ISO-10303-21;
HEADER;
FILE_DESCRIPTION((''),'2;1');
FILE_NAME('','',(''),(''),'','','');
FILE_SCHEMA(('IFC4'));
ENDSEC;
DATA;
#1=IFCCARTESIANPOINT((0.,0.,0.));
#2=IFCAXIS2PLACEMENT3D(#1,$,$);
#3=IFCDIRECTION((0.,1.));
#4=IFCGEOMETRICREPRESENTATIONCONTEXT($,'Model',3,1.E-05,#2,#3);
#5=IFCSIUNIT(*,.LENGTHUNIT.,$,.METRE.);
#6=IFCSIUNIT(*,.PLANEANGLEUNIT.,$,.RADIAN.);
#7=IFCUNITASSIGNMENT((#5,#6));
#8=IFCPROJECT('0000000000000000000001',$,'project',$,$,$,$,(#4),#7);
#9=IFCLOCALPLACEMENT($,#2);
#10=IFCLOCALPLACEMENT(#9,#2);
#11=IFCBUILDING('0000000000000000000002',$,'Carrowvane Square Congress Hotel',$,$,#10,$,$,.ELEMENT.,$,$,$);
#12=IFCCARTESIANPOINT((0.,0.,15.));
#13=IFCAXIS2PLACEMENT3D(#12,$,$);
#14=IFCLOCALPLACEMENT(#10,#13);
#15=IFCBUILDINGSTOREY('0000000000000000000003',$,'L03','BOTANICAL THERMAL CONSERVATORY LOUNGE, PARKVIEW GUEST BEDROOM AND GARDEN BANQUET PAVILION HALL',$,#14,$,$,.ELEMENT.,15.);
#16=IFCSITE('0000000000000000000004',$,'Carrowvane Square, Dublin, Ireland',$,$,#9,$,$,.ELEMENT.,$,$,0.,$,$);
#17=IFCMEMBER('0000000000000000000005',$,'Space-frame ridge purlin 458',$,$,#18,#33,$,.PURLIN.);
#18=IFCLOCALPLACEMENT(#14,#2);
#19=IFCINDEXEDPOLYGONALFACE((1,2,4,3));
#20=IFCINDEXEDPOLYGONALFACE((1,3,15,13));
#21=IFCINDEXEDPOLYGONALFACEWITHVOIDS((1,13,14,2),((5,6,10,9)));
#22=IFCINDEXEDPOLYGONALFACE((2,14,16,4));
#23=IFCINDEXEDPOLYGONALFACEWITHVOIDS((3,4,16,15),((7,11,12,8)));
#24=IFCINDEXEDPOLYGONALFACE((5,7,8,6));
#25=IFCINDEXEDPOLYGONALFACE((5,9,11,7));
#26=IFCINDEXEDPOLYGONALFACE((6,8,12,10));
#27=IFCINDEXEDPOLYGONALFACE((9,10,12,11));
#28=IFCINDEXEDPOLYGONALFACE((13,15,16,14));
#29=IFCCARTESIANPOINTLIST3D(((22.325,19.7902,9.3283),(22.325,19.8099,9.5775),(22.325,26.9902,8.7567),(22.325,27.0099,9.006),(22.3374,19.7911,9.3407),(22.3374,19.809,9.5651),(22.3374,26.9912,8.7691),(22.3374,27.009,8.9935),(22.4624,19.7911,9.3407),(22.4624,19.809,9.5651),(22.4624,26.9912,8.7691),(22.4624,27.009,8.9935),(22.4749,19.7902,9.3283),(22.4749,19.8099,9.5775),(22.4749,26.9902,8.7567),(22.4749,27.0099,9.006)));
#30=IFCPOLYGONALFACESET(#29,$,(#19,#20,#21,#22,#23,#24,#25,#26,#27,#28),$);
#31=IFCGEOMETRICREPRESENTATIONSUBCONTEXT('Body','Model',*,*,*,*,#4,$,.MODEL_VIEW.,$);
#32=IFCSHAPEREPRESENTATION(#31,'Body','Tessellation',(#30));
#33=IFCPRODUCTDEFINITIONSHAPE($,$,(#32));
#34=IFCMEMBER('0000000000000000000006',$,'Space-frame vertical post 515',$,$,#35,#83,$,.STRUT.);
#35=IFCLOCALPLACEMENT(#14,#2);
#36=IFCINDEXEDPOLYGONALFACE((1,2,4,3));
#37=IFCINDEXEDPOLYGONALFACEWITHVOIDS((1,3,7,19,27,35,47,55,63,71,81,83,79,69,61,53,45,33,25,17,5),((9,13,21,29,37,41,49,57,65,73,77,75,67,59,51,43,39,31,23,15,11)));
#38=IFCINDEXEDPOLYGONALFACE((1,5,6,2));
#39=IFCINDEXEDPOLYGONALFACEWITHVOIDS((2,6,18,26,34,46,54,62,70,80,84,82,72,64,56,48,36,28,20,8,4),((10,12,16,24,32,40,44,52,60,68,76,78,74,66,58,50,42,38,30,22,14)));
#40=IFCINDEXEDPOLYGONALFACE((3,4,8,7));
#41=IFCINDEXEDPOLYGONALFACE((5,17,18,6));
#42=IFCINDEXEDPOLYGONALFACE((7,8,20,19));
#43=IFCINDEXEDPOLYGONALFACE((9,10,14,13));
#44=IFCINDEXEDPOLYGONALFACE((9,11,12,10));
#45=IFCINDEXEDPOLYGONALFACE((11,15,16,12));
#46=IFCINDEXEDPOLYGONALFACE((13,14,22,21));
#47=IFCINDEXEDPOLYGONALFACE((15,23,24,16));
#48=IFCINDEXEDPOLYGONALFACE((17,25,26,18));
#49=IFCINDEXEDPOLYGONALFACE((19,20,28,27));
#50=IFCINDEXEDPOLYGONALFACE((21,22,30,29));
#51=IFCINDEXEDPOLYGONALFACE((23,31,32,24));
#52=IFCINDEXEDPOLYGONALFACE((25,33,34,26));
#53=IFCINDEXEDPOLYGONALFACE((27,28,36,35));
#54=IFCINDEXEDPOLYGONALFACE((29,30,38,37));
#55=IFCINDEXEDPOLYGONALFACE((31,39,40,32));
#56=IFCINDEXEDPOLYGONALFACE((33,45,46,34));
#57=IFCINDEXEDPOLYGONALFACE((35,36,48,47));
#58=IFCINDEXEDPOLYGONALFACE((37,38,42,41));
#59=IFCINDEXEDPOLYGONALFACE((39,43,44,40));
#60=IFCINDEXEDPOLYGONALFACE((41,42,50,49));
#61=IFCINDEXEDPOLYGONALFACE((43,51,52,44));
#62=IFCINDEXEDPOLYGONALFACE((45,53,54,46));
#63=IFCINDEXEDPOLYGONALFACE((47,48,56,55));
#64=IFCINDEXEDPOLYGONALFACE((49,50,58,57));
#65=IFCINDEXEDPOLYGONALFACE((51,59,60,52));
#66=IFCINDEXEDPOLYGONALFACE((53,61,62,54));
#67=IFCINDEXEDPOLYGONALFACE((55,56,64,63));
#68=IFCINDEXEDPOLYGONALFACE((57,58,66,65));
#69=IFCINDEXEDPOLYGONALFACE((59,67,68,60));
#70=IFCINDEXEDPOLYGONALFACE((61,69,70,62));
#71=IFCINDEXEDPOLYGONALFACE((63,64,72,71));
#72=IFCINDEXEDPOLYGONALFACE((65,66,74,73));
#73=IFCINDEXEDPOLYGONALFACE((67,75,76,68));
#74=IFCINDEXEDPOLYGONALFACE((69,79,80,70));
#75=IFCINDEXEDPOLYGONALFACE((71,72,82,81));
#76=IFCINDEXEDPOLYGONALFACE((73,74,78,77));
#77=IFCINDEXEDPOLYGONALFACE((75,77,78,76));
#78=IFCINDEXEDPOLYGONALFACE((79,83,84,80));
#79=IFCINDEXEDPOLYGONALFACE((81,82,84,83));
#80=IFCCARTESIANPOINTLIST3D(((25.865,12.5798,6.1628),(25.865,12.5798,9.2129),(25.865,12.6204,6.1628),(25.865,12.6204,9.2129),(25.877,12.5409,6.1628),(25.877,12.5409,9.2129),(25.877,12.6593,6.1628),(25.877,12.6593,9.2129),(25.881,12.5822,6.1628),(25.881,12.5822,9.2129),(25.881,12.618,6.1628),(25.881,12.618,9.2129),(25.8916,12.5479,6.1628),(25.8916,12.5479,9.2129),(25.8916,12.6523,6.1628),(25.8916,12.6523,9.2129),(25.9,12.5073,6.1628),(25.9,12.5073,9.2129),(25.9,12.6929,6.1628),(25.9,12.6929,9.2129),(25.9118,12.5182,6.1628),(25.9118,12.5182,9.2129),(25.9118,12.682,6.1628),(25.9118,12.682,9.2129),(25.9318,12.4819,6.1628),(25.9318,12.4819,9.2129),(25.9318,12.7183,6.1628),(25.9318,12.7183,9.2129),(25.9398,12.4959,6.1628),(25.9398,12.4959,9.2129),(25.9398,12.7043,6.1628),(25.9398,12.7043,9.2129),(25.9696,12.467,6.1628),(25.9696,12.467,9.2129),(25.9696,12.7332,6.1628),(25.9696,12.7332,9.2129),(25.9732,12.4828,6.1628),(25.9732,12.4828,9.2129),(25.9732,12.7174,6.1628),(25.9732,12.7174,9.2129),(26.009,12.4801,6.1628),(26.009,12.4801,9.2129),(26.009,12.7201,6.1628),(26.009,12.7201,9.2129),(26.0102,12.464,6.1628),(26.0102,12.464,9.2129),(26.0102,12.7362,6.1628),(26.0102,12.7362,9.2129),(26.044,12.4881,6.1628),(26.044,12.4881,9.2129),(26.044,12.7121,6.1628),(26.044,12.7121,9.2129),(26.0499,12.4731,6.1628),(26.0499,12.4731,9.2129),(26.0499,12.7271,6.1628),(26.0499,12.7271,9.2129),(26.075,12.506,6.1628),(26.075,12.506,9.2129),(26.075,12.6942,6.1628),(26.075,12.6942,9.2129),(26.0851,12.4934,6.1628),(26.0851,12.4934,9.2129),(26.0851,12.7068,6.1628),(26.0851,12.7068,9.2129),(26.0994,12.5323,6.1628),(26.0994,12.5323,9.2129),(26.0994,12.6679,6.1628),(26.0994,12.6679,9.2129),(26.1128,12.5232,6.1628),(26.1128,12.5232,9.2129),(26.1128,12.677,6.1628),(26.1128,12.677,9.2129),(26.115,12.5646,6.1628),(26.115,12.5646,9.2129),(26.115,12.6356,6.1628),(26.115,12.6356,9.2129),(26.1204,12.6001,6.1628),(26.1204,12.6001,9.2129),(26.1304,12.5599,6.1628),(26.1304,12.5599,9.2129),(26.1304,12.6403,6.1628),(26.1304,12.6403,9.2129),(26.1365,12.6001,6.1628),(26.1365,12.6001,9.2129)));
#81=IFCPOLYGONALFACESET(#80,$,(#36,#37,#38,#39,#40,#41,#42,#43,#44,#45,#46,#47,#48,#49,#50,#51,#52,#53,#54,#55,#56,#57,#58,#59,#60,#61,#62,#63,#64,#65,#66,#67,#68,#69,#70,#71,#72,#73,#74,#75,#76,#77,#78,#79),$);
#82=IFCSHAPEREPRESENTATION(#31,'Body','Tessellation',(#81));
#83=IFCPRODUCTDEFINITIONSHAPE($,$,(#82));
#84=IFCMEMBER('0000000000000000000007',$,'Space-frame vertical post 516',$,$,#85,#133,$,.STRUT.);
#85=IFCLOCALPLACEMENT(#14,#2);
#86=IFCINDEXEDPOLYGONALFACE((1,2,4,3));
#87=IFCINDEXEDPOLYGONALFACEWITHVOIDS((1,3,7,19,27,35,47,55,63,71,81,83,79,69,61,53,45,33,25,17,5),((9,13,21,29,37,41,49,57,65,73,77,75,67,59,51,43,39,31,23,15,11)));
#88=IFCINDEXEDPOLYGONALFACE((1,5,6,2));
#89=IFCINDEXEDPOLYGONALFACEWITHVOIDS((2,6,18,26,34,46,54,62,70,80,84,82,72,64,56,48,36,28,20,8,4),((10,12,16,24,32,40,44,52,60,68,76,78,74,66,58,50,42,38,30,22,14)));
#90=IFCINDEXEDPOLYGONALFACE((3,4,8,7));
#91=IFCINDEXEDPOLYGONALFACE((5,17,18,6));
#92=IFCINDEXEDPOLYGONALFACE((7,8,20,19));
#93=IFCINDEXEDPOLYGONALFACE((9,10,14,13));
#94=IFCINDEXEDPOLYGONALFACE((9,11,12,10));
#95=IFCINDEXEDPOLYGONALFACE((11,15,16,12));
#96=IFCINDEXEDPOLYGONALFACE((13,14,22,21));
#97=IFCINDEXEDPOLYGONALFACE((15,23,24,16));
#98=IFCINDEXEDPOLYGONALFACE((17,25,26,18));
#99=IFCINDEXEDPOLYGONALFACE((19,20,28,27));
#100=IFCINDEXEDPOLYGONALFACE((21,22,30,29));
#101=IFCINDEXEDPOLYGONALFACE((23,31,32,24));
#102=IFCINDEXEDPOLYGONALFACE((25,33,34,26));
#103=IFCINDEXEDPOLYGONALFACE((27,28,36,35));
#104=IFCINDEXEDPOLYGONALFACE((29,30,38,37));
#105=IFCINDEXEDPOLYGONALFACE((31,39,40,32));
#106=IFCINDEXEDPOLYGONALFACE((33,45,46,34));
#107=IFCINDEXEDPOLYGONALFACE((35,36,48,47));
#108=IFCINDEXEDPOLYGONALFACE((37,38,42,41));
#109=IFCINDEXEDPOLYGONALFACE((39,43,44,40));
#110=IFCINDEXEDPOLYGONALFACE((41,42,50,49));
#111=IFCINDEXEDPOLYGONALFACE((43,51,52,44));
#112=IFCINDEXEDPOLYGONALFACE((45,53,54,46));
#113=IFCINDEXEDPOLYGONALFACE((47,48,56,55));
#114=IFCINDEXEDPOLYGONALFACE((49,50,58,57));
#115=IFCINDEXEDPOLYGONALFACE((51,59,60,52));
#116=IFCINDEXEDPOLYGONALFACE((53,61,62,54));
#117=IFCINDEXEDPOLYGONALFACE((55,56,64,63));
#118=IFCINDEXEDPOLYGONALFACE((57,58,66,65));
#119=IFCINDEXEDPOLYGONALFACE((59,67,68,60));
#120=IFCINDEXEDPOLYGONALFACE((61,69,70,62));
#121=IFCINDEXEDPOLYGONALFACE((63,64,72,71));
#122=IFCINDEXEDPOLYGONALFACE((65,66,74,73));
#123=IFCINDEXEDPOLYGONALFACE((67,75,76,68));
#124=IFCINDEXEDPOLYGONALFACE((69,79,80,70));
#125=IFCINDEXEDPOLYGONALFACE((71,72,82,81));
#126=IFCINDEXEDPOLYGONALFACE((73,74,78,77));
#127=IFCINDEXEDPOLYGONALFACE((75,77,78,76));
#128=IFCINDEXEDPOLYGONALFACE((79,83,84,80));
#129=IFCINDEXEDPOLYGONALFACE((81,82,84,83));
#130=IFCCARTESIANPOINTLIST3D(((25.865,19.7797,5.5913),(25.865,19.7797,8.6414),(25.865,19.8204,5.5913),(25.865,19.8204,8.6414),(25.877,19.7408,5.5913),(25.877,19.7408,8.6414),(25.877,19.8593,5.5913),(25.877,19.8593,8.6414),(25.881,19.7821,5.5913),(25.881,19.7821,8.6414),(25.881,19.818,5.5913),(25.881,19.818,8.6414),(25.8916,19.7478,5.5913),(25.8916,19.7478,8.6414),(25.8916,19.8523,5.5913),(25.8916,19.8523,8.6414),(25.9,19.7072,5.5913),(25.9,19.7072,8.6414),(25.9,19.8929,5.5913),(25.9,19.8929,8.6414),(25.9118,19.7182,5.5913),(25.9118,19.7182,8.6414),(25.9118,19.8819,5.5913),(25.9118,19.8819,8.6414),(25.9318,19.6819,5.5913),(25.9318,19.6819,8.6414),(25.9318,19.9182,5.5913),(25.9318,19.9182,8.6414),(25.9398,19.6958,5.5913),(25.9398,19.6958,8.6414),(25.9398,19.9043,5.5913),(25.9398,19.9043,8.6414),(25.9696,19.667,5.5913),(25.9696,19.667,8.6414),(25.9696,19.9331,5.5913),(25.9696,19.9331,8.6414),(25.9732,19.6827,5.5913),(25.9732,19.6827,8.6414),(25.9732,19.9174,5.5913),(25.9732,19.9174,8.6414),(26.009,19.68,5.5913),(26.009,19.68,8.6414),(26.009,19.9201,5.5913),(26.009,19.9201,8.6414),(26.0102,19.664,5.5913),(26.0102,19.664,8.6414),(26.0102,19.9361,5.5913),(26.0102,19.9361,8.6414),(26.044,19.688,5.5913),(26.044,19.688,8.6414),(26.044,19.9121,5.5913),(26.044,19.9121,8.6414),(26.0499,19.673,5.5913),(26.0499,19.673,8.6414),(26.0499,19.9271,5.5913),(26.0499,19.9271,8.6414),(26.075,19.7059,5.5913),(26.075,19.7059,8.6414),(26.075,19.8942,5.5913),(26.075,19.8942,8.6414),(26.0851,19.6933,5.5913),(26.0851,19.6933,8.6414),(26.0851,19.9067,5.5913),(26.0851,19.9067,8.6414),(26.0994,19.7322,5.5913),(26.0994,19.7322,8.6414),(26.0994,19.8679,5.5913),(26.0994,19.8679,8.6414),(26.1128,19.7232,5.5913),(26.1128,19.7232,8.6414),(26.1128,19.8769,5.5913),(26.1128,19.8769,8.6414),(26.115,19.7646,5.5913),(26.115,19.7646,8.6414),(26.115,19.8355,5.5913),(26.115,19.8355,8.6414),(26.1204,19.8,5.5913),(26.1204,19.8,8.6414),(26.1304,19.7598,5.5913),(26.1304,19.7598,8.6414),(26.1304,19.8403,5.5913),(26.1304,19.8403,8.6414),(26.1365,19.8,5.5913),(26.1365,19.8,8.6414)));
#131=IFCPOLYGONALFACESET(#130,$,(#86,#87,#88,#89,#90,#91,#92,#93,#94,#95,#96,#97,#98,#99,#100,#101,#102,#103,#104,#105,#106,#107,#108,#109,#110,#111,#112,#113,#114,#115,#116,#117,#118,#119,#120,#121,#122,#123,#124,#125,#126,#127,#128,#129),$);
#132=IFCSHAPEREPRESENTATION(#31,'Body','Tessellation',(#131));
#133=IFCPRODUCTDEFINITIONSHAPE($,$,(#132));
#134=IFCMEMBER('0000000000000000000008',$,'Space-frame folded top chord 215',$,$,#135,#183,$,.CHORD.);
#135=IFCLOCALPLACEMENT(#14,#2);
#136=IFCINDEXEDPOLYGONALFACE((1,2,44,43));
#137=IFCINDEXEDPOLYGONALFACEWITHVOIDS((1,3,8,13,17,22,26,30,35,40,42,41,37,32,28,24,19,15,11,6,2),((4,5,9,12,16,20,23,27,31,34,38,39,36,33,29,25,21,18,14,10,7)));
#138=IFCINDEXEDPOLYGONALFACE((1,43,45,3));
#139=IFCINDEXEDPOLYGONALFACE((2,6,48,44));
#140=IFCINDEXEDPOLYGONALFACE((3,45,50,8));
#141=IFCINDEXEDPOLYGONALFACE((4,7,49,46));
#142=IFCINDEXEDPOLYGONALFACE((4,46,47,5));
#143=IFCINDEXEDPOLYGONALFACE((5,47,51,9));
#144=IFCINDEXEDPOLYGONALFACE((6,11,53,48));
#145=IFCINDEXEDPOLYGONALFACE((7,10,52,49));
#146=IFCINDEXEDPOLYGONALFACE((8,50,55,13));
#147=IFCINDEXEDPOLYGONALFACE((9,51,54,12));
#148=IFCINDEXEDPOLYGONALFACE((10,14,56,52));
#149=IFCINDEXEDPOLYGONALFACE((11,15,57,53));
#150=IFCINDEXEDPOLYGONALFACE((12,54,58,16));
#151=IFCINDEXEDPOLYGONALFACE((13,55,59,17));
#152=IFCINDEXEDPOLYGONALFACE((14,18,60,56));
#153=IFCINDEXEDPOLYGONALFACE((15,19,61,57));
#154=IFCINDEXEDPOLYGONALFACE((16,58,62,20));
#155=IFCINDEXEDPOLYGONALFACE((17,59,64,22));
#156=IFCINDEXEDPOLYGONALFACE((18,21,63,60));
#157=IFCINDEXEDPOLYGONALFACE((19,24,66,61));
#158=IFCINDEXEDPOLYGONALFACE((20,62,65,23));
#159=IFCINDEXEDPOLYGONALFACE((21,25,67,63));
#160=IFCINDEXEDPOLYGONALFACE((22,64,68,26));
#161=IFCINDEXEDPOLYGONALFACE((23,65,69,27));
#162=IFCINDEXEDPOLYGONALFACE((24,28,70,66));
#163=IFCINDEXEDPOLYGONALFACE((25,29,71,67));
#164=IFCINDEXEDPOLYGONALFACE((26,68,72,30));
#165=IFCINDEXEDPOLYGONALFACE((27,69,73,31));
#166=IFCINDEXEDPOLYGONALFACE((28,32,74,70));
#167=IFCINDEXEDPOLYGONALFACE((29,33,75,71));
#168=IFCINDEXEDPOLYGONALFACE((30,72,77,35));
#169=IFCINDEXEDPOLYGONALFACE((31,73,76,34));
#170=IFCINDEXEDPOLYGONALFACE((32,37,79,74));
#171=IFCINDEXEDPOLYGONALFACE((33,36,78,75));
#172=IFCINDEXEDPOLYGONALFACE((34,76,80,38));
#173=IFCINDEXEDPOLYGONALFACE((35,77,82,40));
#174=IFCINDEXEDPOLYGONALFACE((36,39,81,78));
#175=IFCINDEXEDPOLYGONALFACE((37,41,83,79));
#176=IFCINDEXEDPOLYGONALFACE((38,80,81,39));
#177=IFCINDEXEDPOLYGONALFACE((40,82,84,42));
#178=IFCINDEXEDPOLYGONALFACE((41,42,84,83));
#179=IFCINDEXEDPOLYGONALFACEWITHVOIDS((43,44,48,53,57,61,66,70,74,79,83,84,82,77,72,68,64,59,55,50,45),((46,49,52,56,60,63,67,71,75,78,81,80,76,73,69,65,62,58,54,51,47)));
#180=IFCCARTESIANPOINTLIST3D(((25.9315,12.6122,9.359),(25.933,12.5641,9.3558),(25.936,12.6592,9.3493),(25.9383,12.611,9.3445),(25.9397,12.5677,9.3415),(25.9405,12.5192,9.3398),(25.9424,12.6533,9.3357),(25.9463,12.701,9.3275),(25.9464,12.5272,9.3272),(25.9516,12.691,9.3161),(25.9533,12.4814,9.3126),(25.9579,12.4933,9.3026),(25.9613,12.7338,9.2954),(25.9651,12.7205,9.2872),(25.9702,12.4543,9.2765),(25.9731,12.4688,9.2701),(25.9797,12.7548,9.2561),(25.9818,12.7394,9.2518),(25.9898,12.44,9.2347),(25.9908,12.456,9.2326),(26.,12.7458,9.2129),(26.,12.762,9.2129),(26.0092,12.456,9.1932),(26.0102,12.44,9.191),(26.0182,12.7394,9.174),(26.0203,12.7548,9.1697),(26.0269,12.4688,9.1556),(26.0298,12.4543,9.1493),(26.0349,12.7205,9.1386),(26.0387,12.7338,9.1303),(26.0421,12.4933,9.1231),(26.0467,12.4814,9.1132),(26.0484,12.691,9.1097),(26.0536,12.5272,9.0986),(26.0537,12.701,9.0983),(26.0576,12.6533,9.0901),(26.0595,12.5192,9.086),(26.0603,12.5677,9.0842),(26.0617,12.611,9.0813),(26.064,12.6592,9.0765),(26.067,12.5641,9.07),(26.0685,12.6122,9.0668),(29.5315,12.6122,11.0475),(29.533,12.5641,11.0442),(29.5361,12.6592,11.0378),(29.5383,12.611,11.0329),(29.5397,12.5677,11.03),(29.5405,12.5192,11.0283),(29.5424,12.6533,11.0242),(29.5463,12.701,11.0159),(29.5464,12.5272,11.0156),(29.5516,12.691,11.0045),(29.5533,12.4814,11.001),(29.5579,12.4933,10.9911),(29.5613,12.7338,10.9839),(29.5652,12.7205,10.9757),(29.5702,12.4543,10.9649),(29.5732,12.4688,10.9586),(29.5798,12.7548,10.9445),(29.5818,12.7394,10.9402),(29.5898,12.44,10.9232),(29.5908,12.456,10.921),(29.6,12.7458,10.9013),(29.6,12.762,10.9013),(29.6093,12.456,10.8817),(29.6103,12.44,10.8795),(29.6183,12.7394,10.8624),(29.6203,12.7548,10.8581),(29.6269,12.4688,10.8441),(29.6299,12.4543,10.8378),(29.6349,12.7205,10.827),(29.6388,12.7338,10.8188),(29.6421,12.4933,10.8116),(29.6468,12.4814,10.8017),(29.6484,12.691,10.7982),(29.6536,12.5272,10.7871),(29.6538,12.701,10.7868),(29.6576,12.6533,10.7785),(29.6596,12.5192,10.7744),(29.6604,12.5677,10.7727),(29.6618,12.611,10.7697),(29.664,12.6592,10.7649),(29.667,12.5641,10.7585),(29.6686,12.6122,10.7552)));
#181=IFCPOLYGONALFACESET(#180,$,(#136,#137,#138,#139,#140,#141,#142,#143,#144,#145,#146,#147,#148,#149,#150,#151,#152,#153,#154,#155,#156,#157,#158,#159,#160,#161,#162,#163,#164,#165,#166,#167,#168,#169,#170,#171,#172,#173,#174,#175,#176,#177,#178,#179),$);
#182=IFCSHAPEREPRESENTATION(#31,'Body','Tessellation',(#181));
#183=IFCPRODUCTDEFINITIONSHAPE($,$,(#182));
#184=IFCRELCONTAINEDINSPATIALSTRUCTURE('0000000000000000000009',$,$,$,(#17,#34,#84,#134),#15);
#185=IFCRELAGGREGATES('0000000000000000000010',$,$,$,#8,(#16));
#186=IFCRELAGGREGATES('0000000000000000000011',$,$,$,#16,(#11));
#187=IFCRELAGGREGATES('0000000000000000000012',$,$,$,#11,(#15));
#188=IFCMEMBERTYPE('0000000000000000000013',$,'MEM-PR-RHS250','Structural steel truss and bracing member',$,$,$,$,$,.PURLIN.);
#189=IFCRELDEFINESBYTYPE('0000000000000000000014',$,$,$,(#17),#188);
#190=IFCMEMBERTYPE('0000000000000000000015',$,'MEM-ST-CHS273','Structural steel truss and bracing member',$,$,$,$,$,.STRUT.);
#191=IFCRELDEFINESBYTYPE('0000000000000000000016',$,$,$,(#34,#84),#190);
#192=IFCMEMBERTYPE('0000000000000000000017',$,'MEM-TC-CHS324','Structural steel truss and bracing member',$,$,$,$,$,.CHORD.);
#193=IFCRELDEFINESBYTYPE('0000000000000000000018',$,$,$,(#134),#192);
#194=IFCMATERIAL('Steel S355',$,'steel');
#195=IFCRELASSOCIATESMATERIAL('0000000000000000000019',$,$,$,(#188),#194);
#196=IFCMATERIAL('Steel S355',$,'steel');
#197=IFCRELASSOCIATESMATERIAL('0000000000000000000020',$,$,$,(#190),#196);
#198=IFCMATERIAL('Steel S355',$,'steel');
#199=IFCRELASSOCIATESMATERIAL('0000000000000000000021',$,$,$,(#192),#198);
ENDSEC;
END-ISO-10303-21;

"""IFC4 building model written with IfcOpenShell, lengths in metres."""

from ifc_helpers import new_model, si_unit, direction, frame, origin, origin_2d, place, context, subcontext, project, spatial, hollow_rectangle, hollow_circle, extrude, material, material_profile, profile_set, type_object, element, save


model = new_model("IFC4")

# Units and contexts
model_context = context("Model", 3, precision=1e-05, world=origin(), true_north=direction((0.0, 1.0)))
body_context = subcontext(model_context, "Body", "Model", "MODEL_VIEW")
ifc_project = project(units=[si_unit("LENGTHUNIT", "METRE"), si_unit("PLANEANGLEUNIT", "RADIAN")], contexts=[model_context])

# Site, building, storey
site_placement = place(None, origin())
site = spatial("IfcSite", under=ifc_project, at=site_placement, Name="Carrowvane Square, Dublin, Ireland", CompositionType="ELEMENT", RefElevation=0.0)
building_placement = place(site_placement, origin())
building = spatial("IfcBuilding", under=site, at=building_placement, Name="Carrowvane Square Congress Hotel", CompositionType="ELEMENT")
storey_placement = place(building_placement, frame((0.0, 0.0, 15.0)))
storey = spatial("IfcBuildingStorey", under=building, at=storey_placement, Name="L03", Description="BOTANICAL THERMAL CONSERVATORY LOUNGE, PARKVIEW GUEST BEDROOM AND GARDEN BANQUET PAVILION HALL", CompositionType="ELEMENT", Elevation=15.0)

# Members
ifc_material_1 = material(Name="Steel S355", Category="steel")
ifc_material_profile_1 = material_profile(ifc_material_1, hollow_rectangle(XDim=0.1499, YDim=0.25, WallThickness=0.0125, at=origin_2d()), Name="RHS 250x150x12.5")
ifc_profile_set_1 = profile_set([ifc_material_profile_1], Name="Steel S355")
member_type_1 = type_object("IfcMemberType", Name="MEM-PR-RHS250", Description="Structural steel truss and bracing member", PredefinedType="PURLIN", material=ifc_profile_set_1)
member_1_placement = place(storey_placement, frame((22.3999, 19.8, 9.4529), z_axis=(0.0, 0.996864, -0.079131), x_axis=(-1.0, 0.0, 0.0)))
element("IfcMember", 1, at=member_1_placement, inside=storey, type_object=member_type_1, Name="Space-frame ridge purlin 458", PredefinedType="PURLIN", context=body_context, shape_type="SweptSolid", body=[
    extrude(hollow_rectangle(XDim=0.1499, YDim=0.25, WallThickness=0.0125, at=origin_2d()), origin(), (0.0, 0.0, 1.0), 7.2227),
])
ifc_material_2 = material(Name="Steel S355", Category="steel")
ifc_material_profile_2 = material_profile(ifc_material_2, hollow_circle(Radius=0.1365, WallThickness=0.0161, at=origin_2d()), Name="CHS 273.0x16")
ifc_profile_set_2 = profile_set([ifc_material_profile_2], Name="Steel S355")
member_type_2 = type_object("IfcMemberType", Name="MEM-ST-CHS273", Description="Structural steel truss and bracing member", PredefinedType="STRUT", material=ifc_profile_set_2)
for number, where, z_axis, x_axis, name in (
    (2, (26.0, 12.6001, 6.1628), (0.0, 0.0, 1.0), (1.0, 0.0, 0.0), "Space-frame vertical post 515"),
    (3, (26.0, 19.8, 5.5913), (0.0, 0.0, 1.0), (1.0, 0.0, 0.0), "Space-frame vertical post 516"),
):
    element("IfcMember", number, at=place(storey_placement, frame(where, z_axis=z_axis, x_axis=x_axis)), inside=storey, type_object=member_type_2, Name=name, PredefinedType="STRUT", context=body_context, shape_type="SweptSolid", body=[
        extrude(hollow_circle(Radius=0.1365, WallThickness=0.0161, at=origin_2d()), origin(), (0.0, 0.0, 1.0), 3.05),
    ])
ifc_material_3 = material(Name="Steel S355", Category="steel")
ifc_material_profile_3 = material_profile(ifc_material_3, hollow_circle(Radius=0.1619, WallThickness=0.0161, at=origin_2d()), Name="CHS 323.9x16")
ifc_profile_set_3 = profile_set([ifc_material_profile_3], Name="Steel S355")
member_type_3 = type_object("IfcMemberType", Name="MEM-TC-CHS324", Description="Structural steel truss and bracing member", PredefinedType="CHORD", material=ifc_profile_set_3)
member_2_placement = place(storey_placement, frame((26.0, 12.6001, 9.2129), z_axis=(0.905369, 0.0, 0.424626), x_axis=(0.0, 1.0, 0.0)))
element("IfcMember", 4, at=member_2_placement, inside=storey, type_object=member_type_3, Name="Space-frame folded top chord 215", PredefinedType="CHORD", context=body_context, shape_type="SweptSolid", body=[
    extrude(hollow_circle(Radius=0.1619, WallThickness=0.0161, at=origin_2d()), origin(), (0.0, 0.0, 1.0), 3.9763),
])

save(model, "model.ifc")
